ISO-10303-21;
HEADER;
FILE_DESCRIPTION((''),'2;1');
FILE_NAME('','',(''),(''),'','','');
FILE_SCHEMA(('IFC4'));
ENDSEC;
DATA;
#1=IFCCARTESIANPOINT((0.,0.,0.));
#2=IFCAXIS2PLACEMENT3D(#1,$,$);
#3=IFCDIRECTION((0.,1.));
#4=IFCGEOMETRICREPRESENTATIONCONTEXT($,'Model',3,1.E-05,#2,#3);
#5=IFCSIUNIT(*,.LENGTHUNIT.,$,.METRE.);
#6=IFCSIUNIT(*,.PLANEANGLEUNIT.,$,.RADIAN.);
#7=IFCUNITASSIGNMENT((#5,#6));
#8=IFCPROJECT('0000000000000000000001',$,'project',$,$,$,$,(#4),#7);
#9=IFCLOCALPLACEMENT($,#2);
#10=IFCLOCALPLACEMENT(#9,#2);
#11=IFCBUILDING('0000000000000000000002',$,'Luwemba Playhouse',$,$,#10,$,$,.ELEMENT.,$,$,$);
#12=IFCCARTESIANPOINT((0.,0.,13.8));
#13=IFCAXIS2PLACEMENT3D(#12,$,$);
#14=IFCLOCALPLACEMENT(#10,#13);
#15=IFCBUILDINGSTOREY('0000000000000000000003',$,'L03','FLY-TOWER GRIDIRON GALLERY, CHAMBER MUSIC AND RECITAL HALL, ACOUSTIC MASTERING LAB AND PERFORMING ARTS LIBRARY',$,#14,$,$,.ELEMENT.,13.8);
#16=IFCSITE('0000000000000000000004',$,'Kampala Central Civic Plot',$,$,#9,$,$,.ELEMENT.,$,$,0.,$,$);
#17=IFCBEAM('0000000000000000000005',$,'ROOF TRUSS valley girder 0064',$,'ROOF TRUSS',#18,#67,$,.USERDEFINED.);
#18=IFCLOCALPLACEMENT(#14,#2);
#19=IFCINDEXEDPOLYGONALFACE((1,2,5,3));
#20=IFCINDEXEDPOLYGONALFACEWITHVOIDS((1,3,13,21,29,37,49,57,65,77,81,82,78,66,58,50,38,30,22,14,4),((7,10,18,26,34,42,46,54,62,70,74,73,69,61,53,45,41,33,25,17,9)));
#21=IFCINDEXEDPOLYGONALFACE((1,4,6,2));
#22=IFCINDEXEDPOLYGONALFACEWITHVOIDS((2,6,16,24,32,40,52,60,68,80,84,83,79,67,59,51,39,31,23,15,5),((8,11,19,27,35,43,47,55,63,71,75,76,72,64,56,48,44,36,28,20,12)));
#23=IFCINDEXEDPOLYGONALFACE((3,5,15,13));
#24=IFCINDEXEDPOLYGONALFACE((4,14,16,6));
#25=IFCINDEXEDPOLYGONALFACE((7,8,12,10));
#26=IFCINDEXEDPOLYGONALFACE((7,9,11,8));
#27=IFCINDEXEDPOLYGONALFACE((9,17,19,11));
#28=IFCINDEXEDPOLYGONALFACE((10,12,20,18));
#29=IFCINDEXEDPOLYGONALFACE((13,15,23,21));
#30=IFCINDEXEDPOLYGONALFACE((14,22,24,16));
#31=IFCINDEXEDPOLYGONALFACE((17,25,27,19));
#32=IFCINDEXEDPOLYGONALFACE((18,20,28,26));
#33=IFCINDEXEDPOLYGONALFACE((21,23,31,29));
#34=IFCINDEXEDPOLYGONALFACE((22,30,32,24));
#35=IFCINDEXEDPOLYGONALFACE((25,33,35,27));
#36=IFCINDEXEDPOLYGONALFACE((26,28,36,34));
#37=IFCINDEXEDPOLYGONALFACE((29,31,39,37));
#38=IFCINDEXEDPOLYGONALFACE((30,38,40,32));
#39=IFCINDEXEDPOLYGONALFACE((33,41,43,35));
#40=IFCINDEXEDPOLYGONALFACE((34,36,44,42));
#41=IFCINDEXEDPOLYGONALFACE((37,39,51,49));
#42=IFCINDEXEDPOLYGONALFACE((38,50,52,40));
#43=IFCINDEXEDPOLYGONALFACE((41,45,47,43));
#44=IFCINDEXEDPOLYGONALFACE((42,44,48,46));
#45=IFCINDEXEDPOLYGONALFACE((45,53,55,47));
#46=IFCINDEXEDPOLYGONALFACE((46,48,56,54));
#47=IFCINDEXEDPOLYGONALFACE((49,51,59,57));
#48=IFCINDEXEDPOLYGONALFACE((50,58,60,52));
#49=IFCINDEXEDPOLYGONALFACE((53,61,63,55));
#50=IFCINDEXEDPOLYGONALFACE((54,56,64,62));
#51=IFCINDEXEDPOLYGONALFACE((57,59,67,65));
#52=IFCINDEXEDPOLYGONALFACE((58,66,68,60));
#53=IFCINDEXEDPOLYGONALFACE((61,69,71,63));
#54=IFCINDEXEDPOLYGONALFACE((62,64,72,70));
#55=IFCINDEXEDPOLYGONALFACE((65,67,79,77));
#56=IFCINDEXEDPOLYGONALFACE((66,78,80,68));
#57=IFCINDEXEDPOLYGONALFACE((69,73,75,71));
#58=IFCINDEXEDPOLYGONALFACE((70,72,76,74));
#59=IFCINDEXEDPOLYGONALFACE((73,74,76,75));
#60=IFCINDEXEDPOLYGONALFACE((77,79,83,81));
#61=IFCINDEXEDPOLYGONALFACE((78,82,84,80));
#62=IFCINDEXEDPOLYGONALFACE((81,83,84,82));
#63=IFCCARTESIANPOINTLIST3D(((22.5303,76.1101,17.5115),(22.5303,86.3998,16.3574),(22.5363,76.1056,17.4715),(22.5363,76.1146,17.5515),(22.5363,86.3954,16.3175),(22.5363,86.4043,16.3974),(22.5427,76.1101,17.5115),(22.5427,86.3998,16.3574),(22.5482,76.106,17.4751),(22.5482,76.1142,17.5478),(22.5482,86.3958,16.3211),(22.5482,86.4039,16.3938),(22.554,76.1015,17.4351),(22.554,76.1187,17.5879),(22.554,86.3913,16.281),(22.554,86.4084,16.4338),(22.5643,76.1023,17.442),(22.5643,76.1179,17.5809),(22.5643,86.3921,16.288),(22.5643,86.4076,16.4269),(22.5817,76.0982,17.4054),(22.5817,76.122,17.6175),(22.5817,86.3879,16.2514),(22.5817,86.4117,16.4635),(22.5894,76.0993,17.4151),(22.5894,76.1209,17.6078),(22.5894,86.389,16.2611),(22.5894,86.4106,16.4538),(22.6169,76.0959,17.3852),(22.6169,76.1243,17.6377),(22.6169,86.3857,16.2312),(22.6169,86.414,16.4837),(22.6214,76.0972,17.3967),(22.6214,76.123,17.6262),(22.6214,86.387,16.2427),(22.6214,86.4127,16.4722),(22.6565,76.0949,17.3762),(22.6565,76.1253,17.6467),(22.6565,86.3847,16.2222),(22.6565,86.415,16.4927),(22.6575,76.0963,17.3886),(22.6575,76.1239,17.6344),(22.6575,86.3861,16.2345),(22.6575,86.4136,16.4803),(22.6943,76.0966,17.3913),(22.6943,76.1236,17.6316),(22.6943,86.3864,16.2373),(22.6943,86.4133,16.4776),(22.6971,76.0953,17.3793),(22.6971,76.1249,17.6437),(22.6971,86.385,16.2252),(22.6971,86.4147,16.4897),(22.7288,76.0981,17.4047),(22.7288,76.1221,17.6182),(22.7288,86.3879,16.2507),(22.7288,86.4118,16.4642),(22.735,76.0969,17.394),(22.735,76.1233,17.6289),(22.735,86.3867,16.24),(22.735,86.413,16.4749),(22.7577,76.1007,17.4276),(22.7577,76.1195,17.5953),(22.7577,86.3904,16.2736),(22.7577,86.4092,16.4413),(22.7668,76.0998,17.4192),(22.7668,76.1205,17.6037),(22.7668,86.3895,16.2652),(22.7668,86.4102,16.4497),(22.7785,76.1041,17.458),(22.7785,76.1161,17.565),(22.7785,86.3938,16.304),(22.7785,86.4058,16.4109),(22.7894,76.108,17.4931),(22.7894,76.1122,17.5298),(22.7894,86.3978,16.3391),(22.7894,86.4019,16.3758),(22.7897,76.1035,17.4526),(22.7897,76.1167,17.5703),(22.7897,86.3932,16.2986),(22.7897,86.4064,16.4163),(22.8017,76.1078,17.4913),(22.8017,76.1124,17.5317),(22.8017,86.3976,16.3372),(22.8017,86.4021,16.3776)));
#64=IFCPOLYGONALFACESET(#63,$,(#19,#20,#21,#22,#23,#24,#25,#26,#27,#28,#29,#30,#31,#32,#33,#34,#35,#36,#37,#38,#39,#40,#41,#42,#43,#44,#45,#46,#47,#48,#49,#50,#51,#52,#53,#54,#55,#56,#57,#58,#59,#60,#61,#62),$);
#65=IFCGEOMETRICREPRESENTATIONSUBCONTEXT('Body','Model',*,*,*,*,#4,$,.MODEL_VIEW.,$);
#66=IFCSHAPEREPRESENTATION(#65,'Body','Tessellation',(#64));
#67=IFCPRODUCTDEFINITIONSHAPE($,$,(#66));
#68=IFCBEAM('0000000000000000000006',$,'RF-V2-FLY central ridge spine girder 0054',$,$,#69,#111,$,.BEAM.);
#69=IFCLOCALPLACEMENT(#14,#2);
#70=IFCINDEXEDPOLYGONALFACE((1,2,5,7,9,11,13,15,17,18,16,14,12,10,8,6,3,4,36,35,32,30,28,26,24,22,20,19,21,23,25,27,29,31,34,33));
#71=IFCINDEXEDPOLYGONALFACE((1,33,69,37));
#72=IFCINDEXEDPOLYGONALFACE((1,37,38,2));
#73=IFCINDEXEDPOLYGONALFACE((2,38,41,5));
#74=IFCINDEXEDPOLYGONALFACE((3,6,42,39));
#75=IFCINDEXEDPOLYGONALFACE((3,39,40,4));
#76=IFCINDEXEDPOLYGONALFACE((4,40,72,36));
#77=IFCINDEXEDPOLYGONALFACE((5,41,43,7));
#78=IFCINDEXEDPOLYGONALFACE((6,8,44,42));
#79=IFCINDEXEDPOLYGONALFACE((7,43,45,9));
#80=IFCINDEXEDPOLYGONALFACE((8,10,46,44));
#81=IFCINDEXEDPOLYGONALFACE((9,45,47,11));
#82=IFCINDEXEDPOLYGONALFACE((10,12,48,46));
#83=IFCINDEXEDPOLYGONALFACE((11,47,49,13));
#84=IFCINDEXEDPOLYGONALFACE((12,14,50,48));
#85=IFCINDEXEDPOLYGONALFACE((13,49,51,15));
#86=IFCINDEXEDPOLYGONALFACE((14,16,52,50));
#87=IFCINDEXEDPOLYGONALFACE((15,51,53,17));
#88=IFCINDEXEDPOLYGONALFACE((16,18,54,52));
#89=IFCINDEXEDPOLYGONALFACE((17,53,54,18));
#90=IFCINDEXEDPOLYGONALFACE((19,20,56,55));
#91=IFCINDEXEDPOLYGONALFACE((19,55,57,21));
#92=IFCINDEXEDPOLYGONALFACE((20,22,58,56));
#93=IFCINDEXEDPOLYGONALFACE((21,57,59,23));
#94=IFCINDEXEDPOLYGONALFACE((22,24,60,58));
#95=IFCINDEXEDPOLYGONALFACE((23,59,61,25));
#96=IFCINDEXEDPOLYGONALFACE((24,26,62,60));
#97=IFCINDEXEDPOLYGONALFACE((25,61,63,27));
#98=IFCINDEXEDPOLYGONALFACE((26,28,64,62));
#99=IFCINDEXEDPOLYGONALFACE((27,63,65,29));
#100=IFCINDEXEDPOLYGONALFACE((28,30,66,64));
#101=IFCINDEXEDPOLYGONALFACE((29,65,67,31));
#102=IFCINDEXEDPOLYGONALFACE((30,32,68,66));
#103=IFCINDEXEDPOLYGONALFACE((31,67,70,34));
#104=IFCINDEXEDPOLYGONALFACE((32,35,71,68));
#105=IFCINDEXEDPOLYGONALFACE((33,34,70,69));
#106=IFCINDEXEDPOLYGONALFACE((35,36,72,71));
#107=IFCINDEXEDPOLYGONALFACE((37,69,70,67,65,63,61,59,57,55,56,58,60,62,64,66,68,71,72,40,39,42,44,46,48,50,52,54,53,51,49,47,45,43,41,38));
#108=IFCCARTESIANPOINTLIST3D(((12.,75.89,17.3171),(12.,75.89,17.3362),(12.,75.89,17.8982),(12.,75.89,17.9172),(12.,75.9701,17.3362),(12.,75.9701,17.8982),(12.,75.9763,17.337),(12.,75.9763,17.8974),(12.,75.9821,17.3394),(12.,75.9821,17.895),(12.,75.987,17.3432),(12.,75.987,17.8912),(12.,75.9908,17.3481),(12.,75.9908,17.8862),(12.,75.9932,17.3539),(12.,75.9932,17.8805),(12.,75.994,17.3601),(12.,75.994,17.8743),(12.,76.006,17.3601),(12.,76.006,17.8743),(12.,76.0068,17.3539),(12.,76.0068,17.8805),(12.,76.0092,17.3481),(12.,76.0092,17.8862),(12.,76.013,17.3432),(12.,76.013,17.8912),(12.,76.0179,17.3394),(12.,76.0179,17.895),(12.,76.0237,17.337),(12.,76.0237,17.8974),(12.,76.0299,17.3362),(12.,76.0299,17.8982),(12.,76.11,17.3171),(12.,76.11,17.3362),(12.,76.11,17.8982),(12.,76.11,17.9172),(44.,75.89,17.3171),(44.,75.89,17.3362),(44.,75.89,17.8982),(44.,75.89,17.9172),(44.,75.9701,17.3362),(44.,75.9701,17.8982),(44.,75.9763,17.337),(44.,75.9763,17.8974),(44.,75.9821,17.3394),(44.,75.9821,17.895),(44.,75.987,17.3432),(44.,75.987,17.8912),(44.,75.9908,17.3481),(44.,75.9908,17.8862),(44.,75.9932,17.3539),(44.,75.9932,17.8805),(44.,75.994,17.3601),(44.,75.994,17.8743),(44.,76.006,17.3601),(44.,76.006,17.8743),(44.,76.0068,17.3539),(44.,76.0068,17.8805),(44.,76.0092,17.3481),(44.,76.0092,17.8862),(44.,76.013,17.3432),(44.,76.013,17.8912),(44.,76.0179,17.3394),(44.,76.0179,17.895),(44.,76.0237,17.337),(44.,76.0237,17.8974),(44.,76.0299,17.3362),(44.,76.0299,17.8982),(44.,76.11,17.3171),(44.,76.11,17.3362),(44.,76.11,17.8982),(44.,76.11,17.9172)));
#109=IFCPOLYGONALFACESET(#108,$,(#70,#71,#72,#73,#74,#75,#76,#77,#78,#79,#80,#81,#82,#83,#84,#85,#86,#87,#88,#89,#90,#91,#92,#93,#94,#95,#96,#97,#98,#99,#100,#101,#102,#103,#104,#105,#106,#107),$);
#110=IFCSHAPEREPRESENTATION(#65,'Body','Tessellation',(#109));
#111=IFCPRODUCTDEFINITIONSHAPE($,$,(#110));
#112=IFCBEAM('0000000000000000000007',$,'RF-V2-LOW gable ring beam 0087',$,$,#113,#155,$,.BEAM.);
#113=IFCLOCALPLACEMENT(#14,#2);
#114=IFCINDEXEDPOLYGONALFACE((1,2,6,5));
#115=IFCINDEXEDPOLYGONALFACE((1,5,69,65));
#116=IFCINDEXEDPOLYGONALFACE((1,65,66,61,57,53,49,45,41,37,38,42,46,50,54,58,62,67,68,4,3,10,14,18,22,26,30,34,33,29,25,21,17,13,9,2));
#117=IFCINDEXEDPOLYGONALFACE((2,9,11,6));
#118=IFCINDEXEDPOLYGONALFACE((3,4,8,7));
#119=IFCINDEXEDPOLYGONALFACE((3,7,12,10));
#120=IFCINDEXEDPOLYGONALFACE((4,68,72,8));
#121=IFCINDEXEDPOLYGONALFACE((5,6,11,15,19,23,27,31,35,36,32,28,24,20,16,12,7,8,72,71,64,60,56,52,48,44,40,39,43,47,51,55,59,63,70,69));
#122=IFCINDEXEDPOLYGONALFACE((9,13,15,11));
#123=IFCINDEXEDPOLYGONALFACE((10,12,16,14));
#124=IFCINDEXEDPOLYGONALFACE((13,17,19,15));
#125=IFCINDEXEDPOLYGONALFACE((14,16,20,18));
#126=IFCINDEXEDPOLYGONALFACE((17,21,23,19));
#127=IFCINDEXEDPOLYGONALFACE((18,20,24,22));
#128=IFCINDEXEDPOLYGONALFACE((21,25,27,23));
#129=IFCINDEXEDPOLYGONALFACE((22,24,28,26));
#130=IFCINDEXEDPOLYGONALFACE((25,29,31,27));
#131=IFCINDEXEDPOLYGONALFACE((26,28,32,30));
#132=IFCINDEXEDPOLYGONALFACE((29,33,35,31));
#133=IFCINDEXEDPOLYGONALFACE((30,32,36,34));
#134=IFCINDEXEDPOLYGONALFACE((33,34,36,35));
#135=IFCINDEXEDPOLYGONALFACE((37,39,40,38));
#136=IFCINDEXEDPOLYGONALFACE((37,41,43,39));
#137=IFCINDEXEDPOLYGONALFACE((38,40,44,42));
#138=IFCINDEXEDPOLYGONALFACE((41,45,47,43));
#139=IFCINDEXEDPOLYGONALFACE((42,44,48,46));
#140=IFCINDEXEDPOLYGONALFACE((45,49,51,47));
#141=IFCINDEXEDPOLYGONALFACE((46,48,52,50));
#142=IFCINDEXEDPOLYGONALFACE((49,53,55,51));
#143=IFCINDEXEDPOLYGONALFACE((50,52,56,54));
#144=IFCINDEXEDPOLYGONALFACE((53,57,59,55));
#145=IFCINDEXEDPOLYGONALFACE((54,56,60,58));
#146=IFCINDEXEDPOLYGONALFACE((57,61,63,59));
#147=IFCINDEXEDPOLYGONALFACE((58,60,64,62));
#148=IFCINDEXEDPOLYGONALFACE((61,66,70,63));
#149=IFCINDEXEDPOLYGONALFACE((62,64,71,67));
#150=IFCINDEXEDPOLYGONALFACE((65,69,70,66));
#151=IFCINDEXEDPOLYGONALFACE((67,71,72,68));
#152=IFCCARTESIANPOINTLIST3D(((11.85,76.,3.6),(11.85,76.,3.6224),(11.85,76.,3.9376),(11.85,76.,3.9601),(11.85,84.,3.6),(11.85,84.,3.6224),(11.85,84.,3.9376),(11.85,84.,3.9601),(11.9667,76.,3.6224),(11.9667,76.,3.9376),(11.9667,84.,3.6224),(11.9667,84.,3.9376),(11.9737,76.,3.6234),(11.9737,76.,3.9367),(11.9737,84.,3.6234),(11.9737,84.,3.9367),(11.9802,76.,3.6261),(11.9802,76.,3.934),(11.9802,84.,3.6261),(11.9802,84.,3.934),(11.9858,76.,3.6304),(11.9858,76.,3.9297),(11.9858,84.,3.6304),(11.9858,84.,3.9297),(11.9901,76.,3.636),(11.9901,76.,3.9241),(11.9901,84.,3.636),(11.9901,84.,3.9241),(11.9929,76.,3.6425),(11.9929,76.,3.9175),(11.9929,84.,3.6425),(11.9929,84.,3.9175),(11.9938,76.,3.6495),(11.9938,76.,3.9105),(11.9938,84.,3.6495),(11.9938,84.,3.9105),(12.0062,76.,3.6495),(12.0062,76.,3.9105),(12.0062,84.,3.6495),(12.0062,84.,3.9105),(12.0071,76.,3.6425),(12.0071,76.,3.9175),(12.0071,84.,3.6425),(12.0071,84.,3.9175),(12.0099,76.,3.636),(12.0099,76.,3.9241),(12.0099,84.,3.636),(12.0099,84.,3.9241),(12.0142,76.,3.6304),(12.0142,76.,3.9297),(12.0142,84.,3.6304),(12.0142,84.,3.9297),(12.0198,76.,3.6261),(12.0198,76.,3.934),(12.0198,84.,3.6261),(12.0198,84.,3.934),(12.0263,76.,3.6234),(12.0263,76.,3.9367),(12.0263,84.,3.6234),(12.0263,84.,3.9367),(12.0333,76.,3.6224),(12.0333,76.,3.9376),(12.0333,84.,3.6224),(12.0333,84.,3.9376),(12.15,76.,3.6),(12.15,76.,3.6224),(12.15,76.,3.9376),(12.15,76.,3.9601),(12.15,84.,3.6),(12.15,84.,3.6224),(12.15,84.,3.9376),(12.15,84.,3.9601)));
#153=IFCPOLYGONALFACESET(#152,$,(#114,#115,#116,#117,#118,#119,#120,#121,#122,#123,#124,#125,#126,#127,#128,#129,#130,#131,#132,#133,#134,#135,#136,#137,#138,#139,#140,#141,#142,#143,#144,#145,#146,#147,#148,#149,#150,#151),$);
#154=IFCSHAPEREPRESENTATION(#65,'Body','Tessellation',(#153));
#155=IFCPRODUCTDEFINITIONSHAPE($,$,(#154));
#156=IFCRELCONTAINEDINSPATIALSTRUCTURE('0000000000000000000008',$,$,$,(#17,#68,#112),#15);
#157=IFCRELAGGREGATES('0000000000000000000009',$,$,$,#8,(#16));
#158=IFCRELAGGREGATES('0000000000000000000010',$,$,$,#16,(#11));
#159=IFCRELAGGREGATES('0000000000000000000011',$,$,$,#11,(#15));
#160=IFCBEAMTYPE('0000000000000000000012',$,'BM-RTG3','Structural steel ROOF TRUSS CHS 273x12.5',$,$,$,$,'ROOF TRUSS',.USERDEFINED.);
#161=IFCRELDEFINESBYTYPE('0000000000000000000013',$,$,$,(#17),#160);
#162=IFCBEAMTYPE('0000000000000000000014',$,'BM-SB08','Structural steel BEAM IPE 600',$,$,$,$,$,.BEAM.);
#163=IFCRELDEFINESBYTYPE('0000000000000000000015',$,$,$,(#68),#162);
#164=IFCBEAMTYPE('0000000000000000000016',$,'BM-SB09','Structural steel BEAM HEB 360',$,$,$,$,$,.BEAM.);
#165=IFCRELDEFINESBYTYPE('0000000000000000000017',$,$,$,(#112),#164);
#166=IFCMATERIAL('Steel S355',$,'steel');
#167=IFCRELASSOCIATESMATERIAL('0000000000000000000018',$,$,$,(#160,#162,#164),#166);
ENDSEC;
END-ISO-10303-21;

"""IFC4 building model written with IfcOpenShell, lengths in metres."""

from ifc_helpers import new_model, si_unit, direction, frame, origin, origin_2d, place, context, subcontext, project, spatial, hollow_circle, i_section, extrude, material, material_profile, profile_set, type_object, element, save


model = new_model("IFC4")

# Units and contexts
model_context = context("Model", 3, precision=1e-05, world=origin(), true_north=direction((0.0, 1.0)))
body_context = subcontext(model_context, "Body", "Model", "MODEL_VIEW")
ifc_project = project(units=[si_unit("LENGTHUNIT", "METRE"), si_unit("PLANEANGLEUNIT", "RADIAN")], contexts=[model_context])

# Site, building, storey
site_placement = place(None, origin())
site = spatial("IfcSite", under=ifc_project, at=site_placement, Name="Kampala Central Civic Plot", CompositionType="ELEMENT", RefElevation=0.0)
building_placement = place(site_placement, origin())
building = spatial("IfcBuilding", under=site, at=building_placement, Name="Luwemba Playhouse", CompositionType="ELEMENT")
storey_placement = place(building_placement, frame((0.0, 0.0, 13.8)))
storey = spatial("IfcBuildingStorey", under=building, at=storey_placement, Name="L03", Description="FLY-TOWER GRIDIRON GALLERY, CHAMBER MUSIC AND RECITAL HALL, ACOUSTIC MASTERING LAB AND PERFORMING ARTS LIBRARY", CompositionType="ELEMENT", Elevation=13.8)

# Shared definitions
ifc_material_1 = material(Name="Steel S355", Category="steel")

# Beams
ifc_material_profile_1 = material_profile(ifc_material_1, hollow_circle(Radius=0.1365, WallThickness=0.0125, at=origin_2d()))
ifc_profile_set_1 = profile_set([ifc_material_profile_1], Name="Steel S355")
beam_type_1 = type_object("IfcBeamType", Name="BM-RTG3", Description="Structural steel ROOF TRUSS CHS 273x12.5", ElementType="ROOF TRUSS", PredefinedType="USERDEFINED", material=ifc_profile_set_1)
for number, where, z_axis, x_axis, name in (
    (1, (22.6667, 76.1101, 17.5115), (0.0, 0.993769, -0.111456), (-1.0, 0.0, 0.0), "ROOF TRUSS valley girder 0064"),
):
    element("IfcBeam", number, at=place(storey_placement, frame(where, z_axis=z_axis, x_axis=x_axis)), inside=storey, type_object=beam_type_1, Name=name, ObjectType="ROOF TRUSS", PredefinedType="USERDEFINED", context=body_context, shape_type="SweptSolid", body=[
        extrude(hollow_circle(Radius=0.1365, WallThickness=0.0125, at=origin_2d()), origin(), (0.0, 0.0, 1.0), 10.3542),
    ])
ifc_material_profile_2 = material_profile(ifc_material_1, i_section(OverallWidth=0.22, OverallDepth=0.6001, WebThickness=0.012, FlangeThickness=0.019, FilletRadius=0.0239, at=origin_2d()))
ifc_profile_set_2 = profile_set([ifc_material_profile_2], Name="Steel S355")
beam_type_2 = type_object("IfcBeamType", Name="BM-SB08", Description="Structural steel BEAM IPE 600", PredefinedType="BEAM", material=ifc_profile_set_2)
beam_1_placement = place(storey_placement, frame((12.0, 76.0, 17.6172), z_axis=(1.0, 0.0, 0.0), x_axis=(0.0, 1.0, 0.0)))
element("IfcBeam", 2, at=beam_1_placement, inside=storey, type_object=beam_type_2, Name="RF-V2-FLY central ridge spine girder 0054", PredefinedType="BEAM", context=body_context, shape_type="SweptSolid", body=[
    extrude(i_section(OverallWidth=0.22, OverallDepth=0.6001, WebThickness=0.012, FlangeThickness=0.019, FilletRadius=0.0239, at=origin_2d()), origin(), (0.0, 0.0, 1.0), 32.0),
])
ifc_material_profile_3 = material_profile(ifc_material_1, i_section(OverallWidth=0.3, OverallDepth=0.3601, WebThickness=0.0125, FlangeThickness=0.0225, FilletRadius=0.0271, at=origin_2d()))
ifc_profile_set_3 = profile_set([ifc_material_profile_3], Name="Steel S355")
beam_type_3 = type_object("IfcBeamType", Name="BM-SB09", Description="Structural steel BEAM HEB 360", PredefinedType="BEAM", material=ifc_profile_set_3)
beam_2_placement = place(storey_placement, frame((12.0, 76.0, 3.78), z_axis=(0.0, 1.0, 0.0), x_axis=(-1.0, 0.0, 0.0)))
element("IfcBeam", 3, at=beam_2_placement, inside=storey, type_object=beam_type_3, Name="RF-V2-LOW gable ring beam 0087", PredefinedType="BEAM", context=body_context, shape_type="SweptSolid", body=[
    extrude(i_section(OverallWidth=0.3, OverallDepth=0.3601, WebThickness=0.0125, FlangeThickness=0.0225, FilletRadius=0.0271, at=origin_2d()), origin(), (0.0, 0.0, 1.0), 8.0),
])

save(model, "model.ifc")
